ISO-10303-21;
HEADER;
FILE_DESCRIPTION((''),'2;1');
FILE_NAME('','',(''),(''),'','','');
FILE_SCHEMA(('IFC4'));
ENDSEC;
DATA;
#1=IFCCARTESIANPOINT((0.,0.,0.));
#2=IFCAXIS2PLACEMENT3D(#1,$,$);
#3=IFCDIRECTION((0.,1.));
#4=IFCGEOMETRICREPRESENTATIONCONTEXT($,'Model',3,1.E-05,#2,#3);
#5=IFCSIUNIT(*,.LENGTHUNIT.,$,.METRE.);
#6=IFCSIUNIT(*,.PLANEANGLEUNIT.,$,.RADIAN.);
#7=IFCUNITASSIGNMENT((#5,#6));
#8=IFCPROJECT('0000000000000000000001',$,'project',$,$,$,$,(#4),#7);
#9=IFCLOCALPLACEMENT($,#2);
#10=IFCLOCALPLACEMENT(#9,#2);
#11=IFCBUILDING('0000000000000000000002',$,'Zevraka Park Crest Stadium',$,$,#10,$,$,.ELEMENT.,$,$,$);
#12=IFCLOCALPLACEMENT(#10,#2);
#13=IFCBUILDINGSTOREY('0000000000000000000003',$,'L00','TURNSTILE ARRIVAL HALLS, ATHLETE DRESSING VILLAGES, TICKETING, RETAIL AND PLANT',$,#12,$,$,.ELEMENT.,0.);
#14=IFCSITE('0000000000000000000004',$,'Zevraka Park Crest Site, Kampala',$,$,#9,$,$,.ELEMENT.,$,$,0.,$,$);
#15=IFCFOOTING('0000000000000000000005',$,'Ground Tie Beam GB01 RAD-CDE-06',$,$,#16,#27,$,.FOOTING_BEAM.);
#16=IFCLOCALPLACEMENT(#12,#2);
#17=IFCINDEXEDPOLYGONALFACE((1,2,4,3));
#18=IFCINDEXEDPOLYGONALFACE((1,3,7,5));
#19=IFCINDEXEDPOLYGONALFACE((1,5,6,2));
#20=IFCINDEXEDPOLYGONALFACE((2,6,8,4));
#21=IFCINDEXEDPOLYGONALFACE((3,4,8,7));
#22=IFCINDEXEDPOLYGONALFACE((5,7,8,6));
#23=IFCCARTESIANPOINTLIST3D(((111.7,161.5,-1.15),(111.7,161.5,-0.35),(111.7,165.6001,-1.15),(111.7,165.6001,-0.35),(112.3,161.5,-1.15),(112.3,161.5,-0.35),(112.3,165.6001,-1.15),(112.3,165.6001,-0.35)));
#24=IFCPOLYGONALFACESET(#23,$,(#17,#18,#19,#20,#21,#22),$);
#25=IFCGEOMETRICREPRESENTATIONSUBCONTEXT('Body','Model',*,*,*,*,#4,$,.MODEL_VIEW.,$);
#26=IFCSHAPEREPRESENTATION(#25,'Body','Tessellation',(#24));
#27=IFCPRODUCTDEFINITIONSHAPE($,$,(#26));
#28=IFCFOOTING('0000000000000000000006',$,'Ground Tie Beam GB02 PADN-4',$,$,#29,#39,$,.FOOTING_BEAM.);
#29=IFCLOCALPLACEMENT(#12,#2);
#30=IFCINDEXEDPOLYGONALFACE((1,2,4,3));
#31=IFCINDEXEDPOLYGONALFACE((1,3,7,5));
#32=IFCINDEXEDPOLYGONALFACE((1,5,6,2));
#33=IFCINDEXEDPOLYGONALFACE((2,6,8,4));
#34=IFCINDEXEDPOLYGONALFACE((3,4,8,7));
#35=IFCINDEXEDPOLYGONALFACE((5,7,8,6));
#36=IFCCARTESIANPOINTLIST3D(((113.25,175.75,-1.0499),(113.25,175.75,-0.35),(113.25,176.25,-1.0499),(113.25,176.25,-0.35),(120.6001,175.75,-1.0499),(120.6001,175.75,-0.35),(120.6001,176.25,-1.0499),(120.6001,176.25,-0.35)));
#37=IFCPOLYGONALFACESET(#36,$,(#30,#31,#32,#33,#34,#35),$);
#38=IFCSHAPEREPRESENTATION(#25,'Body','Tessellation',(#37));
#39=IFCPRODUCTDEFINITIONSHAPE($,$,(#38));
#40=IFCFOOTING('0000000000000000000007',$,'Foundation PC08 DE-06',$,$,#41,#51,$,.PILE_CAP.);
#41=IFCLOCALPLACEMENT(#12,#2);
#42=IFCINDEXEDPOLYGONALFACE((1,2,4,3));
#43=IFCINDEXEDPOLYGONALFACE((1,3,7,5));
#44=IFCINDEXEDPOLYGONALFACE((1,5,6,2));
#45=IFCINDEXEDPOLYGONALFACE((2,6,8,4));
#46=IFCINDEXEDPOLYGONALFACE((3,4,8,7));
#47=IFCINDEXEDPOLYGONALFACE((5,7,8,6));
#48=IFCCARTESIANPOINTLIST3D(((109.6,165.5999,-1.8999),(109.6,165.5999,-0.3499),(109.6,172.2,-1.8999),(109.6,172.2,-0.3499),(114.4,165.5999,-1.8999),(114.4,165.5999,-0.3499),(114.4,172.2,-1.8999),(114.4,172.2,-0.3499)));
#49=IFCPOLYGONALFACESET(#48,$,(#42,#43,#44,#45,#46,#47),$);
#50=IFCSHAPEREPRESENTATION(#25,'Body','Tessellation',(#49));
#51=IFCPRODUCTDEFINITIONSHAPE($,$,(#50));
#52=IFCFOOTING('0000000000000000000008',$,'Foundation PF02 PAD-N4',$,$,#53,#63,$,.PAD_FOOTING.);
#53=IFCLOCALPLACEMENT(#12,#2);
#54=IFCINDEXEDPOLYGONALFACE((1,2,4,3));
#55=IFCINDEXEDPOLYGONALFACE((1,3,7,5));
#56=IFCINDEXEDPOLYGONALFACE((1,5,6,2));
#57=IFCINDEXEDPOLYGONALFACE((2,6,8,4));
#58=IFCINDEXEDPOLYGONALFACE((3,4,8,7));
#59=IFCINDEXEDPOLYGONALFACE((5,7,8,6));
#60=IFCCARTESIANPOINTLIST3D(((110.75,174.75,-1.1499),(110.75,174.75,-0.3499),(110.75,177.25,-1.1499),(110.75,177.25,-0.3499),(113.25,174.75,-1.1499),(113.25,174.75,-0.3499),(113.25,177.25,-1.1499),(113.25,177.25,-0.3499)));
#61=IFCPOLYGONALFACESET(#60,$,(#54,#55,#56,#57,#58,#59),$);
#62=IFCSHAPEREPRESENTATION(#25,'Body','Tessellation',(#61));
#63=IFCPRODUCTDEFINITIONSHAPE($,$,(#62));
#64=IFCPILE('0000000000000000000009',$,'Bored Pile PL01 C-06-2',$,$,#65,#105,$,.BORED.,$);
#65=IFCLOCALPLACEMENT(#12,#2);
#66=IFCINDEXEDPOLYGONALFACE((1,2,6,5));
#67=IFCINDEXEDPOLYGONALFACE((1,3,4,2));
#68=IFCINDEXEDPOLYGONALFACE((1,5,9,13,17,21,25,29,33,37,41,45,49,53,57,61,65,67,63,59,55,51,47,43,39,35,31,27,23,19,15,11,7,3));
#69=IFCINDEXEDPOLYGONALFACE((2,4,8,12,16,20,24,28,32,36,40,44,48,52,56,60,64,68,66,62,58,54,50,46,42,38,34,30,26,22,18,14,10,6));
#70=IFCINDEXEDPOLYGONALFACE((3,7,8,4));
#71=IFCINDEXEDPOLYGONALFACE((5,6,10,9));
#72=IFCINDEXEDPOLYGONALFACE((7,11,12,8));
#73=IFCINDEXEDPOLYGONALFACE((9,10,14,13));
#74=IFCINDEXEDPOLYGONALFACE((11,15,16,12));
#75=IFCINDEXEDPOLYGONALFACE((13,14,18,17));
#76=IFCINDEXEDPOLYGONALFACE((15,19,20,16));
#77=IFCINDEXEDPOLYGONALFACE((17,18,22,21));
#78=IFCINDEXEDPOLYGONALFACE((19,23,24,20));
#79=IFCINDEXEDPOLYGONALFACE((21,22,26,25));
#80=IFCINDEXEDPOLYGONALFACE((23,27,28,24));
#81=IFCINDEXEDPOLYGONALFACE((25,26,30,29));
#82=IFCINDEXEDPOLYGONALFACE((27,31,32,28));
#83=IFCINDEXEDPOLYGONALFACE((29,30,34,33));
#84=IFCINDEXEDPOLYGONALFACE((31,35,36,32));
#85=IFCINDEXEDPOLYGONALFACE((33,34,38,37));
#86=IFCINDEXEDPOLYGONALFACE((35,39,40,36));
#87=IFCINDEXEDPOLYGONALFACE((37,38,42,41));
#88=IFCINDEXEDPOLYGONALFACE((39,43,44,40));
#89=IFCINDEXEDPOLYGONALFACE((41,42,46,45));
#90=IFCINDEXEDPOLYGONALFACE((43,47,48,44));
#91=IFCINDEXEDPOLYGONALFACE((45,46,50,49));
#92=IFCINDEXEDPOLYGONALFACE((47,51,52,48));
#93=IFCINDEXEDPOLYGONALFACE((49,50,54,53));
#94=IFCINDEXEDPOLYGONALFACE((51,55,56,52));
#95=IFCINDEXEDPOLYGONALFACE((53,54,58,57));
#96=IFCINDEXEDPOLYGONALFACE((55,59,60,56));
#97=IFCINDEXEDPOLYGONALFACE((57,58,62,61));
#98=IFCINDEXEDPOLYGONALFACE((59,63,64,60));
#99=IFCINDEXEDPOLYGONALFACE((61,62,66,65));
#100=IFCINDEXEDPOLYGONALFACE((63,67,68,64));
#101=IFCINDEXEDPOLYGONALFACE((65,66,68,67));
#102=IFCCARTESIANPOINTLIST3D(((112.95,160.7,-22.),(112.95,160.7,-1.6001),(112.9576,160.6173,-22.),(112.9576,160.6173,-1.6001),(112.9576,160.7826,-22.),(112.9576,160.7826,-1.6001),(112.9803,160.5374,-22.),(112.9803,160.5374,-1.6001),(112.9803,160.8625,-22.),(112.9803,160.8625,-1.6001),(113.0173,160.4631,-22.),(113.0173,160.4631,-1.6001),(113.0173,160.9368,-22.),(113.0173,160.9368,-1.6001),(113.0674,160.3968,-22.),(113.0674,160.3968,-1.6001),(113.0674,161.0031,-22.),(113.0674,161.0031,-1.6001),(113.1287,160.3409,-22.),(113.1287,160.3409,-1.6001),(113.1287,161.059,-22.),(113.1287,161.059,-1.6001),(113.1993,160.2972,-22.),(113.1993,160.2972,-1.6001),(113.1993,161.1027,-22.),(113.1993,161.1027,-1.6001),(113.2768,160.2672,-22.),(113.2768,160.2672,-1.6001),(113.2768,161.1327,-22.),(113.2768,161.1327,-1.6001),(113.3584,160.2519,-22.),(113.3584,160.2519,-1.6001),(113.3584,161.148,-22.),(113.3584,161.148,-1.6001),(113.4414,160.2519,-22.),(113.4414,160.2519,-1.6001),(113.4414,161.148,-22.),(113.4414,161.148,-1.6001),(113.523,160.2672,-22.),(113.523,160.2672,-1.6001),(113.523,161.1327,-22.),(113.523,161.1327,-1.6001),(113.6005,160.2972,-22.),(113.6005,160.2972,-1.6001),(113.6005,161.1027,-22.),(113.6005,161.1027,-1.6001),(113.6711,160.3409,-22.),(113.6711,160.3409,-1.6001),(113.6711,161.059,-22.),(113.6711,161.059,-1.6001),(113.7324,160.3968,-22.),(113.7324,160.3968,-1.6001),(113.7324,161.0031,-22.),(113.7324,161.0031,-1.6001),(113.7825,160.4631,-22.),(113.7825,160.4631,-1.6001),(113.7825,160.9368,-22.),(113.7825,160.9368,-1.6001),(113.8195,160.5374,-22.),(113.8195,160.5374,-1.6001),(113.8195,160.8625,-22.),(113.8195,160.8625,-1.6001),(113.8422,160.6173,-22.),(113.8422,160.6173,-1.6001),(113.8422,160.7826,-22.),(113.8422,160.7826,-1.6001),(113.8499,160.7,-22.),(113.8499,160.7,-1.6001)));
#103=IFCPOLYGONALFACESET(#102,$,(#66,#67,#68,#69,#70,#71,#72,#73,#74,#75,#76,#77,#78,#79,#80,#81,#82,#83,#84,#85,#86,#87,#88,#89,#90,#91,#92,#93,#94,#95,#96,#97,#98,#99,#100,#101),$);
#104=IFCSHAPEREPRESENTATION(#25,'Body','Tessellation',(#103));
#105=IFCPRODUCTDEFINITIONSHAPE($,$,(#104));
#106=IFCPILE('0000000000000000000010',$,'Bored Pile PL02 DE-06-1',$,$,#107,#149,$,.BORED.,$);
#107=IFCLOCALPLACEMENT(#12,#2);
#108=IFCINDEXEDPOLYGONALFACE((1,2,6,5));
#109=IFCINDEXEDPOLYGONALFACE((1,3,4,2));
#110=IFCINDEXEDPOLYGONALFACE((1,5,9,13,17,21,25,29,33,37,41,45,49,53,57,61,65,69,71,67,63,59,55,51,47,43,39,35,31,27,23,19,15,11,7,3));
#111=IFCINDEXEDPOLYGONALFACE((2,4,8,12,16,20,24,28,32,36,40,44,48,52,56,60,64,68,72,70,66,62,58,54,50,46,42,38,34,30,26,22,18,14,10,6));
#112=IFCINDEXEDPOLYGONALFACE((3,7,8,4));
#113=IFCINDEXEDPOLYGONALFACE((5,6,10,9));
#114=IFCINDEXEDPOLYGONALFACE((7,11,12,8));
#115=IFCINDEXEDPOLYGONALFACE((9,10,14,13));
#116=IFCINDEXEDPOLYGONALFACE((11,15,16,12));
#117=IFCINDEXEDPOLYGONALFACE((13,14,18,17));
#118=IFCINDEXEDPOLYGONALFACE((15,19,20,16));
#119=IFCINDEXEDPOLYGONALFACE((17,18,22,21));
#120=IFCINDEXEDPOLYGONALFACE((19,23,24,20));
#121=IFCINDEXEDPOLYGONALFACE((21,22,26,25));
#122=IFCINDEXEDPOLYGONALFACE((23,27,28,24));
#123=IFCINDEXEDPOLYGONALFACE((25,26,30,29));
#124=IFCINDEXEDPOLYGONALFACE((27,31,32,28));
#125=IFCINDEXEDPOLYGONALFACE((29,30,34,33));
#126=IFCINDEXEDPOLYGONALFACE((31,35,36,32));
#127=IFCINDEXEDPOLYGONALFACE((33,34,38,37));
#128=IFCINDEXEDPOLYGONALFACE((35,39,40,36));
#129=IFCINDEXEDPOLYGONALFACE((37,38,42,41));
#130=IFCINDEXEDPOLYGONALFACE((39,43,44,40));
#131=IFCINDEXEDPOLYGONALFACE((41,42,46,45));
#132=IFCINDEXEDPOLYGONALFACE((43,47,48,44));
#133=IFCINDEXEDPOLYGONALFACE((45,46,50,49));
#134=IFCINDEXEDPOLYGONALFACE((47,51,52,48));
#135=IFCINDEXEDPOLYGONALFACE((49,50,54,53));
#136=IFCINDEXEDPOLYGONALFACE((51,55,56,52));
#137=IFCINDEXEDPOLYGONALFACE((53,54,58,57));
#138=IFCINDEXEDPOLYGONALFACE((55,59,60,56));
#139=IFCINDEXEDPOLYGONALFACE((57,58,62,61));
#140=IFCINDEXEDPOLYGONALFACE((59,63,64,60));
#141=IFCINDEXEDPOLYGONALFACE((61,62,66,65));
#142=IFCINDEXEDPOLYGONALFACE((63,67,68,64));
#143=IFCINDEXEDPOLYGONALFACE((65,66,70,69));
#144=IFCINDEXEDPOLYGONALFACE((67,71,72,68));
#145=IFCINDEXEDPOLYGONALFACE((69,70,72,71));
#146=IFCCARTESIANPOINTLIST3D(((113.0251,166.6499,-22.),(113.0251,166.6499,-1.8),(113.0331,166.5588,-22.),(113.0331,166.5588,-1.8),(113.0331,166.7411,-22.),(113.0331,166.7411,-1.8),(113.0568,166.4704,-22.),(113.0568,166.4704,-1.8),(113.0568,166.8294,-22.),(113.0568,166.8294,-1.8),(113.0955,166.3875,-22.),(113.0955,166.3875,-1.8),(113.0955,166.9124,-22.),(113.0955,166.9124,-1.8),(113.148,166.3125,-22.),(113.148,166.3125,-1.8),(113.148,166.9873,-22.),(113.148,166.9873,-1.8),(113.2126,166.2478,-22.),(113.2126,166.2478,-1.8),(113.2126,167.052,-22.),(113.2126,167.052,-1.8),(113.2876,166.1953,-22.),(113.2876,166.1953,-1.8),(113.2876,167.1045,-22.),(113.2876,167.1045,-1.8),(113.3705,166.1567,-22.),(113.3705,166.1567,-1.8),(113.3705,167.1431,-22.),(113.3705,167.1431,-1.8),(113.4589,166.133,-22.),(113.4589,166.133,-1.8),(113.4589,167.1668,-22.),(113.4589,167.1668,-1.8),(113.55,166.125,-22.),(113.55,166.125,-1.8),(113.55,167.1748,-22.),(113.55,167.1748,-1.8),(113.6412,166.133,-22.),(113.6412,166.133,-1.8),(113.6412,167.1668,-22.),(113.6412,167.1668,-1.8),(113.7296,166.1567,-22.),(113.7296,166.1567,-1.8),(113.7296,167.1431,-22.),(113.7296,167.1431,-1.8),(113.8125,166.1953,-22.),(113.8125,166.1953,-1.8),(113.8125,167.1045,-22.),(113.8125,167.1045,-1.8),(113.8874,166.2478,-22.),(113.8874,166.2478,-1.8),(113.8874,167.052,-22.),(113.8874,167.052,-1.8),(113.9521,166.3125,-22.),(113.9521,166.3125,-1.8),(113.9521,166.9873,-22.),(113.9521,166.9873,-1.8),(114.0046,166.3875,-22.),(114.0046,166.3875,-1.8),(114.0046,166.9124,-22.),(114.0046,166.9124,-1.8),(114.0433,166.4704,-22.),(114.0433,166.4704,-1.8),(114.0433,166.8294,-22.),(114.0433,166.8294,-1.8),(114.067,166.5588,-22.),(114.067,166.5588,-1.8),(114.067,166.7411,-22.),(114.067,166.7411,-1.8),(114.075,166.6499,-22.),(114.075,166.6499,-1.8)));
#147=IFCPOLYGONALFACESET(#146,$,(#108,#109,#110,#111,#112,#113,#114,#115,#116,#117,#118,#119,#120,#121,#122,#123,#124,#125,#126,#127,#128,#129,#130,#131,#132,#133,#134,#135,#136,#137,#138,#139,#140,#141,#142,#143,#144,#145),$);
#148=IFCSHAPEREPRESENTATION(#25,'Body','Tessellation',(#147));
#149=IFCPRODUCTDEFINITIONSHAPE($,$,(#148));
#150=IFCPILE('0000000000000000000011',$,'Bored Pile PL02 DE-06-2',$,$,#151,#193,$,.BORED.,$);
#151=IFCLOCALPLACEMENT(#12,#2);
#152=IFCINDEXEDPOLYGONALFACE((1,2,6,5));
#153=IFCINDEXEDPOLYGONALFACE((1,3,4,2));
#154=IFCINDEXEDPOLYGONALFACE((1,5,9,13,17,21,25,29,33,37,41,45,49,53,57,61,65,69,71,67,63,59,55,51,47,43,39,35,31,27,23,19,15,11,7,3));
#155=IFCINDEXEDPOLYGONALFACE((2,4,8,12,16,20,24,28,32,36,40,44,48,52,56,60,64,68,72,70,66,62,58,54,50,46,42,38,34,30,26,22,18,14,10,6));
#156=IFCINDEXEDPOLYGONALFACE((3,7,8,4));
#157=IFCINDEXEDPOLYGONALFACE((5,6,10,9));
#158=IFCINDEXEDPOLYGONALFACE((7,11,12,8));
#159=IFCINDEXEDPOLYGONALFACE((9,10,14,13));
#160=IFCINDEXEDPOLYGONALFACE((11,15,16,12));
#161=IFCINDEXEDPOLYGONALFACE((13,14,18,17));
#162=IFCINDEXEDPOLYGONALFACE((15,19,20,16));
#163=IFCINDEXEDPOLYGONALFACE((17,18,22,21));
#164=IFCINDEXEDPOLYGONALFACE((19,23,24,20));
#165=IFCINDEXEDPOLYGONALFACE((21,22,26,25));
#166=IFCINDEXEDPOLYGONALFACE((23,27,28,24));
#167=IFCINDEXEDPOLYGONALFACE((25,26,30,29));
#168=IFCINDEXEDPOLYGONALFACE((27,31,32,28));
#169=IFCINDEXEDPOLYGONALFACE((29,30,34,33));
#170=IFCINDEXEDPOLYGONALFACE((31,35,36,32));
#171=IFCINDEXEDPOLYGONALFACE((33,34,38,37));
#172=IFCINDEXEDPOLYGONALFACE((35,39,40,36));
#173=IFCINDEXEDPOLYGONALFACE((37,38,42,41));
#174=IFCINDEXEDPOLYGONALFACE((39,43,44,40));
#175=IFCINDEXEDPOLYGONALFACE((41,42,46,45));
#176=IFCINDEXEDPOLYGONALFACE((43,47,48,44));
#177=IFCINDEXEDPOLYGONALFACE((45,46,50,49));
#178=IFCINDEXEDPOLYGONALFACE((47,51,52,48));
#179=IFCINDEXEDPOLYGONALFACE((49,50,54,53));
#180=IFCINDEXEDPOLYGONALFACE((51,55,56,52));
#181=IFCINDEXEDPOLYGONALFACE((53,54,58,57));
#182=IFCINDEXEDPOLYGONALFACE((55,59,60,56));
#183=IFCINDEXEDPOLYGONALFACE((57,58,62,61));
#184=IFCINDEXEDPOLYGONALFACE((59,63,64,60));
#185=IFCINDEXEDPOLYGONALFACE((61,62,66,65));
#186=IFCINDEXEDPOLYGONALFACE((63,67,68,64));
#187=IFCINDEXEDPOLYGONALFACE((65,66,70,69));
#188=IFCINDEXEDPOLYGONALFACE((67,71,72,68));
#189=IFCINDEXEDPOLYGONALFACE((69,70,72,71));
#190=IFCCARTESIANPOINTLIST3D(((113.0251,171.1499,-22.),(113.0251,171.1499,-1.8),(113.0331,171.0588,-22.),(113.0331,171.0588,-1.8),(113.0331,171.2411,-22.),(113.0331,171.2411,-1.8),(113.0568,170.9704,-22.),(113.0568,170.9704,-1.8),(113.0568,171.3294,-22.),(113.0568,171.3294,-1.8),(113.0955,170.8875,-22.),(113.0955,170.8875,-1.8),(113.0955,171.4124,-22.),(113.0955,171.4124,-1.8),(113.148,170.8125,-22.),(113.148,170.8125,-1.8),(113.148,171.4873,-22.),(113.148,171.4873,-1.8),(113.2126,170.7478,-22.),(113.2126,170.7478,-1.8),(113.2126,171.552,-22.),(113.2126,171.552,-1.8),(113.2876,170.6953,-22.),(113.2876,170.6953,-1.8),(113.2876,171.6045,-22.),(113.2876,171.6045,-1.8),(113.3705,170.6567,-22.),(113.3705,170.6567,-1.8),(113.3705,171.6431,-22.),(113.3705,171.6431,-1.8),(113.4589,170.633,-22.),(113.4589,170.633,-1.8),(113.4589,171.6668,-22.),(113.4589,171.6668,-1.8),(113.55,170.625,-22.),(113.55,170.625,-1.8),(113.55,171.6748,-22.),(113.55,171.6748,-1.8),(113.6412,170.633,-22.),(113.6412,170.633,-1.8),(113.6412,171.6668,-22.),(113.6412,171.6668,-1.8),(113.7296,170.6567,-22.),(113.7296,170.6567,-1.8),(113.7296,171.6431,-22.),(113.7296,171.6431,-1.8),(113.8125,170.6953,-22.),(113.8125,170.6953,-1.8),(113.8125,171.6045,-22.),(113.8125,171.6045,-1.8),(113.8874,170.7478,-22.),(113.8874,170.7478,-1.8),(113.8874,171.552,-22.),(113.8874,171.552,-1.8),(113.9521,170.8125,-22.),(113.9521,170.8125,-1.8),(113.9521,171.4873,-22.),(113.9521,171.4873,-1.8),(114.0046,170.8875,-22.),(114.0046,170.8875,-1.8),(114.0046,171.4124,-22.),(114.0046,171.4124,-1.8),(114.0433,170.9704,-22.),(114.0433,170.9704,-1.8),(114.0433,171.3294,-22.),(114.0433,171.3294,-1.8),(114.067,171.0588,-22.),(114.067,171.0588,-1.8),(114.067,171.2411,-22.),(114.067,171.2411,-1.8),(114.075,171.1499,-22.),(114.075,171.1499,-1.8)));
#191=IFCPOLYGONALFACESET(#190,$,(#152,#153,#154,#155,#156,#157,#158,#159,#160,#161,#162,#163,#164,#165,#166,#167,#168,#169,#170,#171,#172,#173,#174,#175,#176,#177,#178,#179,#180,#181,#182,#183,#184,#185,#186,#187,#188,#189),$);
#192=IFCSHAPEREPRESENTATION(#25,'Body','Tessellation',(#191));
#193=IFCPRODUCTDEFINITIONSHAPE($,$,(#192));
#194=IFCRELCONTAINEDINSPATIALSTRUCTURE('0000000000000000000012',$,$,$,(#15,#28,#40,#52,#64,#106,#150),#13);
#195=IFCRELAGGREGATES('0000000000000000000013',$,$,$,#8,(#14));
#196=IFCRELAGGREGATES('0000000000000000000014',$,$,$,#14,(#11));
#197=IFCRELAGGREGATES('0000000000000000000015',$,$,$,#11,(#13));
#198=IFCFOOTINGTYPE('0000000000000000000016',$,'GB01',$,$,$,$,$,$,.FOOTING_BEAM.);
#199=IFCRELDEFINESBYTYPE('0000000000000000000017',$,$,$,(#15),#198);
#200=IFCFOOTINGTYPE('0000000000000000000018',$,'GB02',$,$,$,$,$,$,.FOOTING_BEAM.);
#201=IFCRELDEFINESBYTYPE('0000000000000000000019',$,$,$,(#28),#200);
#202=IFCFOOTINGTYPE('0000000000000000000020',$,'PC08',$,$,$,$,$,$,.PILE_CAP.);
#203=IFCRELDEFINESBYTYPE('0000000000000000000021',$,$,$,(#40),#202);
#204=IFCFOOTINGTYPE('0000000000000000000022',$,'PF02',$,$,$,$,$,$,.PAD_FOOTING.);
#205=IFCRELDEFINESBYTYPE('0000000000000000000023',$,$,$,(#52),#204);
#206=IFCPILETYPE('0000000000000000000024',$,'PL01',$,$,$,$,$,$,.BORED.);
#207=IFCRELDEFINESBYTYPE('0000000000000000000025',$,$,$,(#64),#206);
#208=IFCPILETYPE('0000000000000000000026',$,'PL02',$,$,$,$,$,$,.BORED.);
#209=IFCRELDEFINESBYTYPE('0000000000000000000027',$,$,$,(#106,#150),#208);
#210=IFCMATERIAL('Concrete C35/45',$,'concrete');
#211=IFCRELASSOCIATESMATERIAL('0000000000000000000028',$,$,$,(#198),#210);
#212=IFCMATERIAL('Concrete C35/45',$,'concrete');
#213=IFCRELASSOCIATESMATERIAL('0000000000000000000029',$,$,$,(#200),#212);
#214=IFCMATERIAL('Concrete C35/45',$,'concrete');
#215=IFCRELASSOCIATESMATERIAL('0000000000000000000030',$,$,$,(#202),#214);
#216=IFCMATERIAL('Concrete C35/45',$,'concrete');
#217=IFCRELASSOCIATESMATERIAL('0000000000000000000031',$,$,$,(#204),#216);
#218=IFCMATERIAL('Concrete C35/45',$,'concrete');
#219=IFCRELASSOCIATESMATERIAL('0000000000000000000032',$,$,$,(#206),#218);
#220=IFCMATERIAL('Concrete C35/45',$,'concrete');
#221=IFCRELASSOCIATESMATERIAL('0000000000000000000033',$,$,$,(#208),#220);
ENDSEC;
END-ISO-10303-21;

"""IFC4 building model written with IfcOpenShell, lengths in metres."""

from ifc_helpers import new_model, si_unit, direction, frame, origin, origin_2d, place, context, subcontext, project, spatial, rectangle, circle, extrude, material, material_profile, profile_set, type_object, element, save


model = new_model("IFC4")

# Units and contexts
model_context = context("Model", 3, precision=1e-05, world=origin(), true_north=direction((0.0, 1.0)))
body_context = subcontext(model_context, "Body", "Model", "MODEL_VIEW")
ifc_project = project(units=[si_unit("LENGTHUNIT", "METRE"), si_unit("PLANEANGLEUNIT", "RADIAN")], contexts=[model_context])

# Site, building, storey
site_placement = place(None, origin())
site = spatial("IfcSite", under=ifc_project, at=site_placement, Name="Zevraka Park Crest Site, Kampala", CompositionType="ELEMENT", RefElevation=0.0)
building_placement = place(site_placement, origin())
building = spatial("IfcBuilding", under=site, at=building_placement, Name="Zevraka Park Crest Stadium", CompositionType="ELEMENT")
storey_placement = place(building_placement, origin())
storey = spatial("IfcBuildingStorey", under=building, at=storey_placement, Name="L00", Description="TURNSTILE ARRIVAL HALLS, ATHLETE DRESSING VILLAGES, TICKETING, RETAIL AND PLANT", CompositionType="ELEMENT", Elevation=0.0)

# Footings
ifc_material_1 = material(Name="Concrete C35/45", Category="concrete")
ifc_material_profile_1 = material_profile(ifc_material_1, rectangle(XDim=0.6001, YDim=0.8, at=origin_2d()), Name="GB 800x600")
ifc_profile_set_1 = profile_set([ifc_material_profile_1], Name="Concrete C35/45")
footing_type_1 = type_object("IfcFootingType", Name="GB01", PredefinedType="FOOTING_BEAM", material=ifc_profile_set_1)
footing_1_placement = place(storey_placement, frame((112.0, 161.5, -0.75), z_axis=(0.0, 1.0, 0.0), x_axis=(-1.0, 0.0, 0.0)))
element("IfcFooting", 1, at=footing_1_placement, inside=storey, type_object=footing_type_1, Name="Ground Tie Beam GB01 RAD-CDE-06", PredefinedType="FOOTING_BEAM", context=body_context, shape_type="SweptSolid", body=[
    extrude(rectangle(XDim=0.6001, YDim=0.8, at=origin_2d()), origin(), (0.0, 0.0, 1.0), 4.1001),
])
ifc_material_2 = material(Name="Concrete C35/45", Category="concrete")
ifc_material_profile_2 = material_profile(ifc_material_2, rectangle(XDim=0.5, YDim=0.7, at=origin_2d()), Name="GB 700x500")
ifc_profile_set_2 = profile_set([ifc_material_profile_2], Name="Concrete C35/45")
footing_type_2 = type_object("IfcFootingType", Name="GB02", PredefinedType="FOOTING_BEAM", material=ifc_profile_set_2)
footing_2_placement = place(storey_placement, frame((113.25, 176.0, -0.7), z_axis=(1.0, 0.0, 0.0), x_axis=(0.0, 1.0, 0.0)))
element("IfcFooting", 2, at=footing_2_placement, inside=storey, type_object=footing_type_2, Name="Ground Tie Beam GB02 PADN-4", PredefinedType="FOOTING_BEAM", context=body_context, shape_type="SweptSolid", body=[
    extrude(rectangle(XDim=0.5, YDim=0.7, at=origin_2d()), origin(), (0.0, 0.0, 1.0), 7.3501),
])
ifc_material_3 = material(Name="Concrete C35/45", Category="concrete")
footing_type_3 = type_object("IfcFootingType", Name="PC08", PredefinedType="PILE_CAP", material=ifc_material_3)
footing_3_placement = place(storey_placement, frame((112.0, 168.8999, -1.8999), z_axis=(0.0, 0.0, 1.0), x_axis=(0.0, 1.0, 0.0)))
element("IfcFooting", 3, at=footing_3_placement, inside=storey, type_object=footing_type_3, Name="Foundation PC08 DE-06", PredefinedType="PILE_CAP", context=body_context, shape_type="SweptSolid", body=[
    extrude(rectangle(XDim=6.6001, YDim=4.8, at=origin_2d()), origin(), (0.0, 0.0, 1.0), 1.55),
])
ifc_material_4 = material(Name="Concrete C35/45", Category="concrete")
footing_type_4 = type_object("IfcFootingType", Name="PF02", PredefinedType="PAD_FOOTING", material=ifc_material_4)
footing_4_placement = place(storey_placement, frame((112.0, 176.0, -1.1499), z_axis=(0.0, 0.0, 1.0), x_axis=(1.0, 0.0, 0.0)))
element("IfcFooting", 4, at=footing_4_placement, inside=storey, type_object=footing_type_4, Name="Foundation PF02 PAD-N4", PredefinedType="PAD_FOOTING", context=body_context, shape_type="SweptSolid", body=[
    extrude(rectangle(XDim=2.5, YDim=2.5, at=origin_2d()), origin(), (0.0, 0.0, 1.0), 0.8),
])

# Piles
ifc_material_5 = material(Name="Concrete C35/45", Category="concrete")
ifc_material_profile_3 = material_profile(ifc_material_5, circle(Radius=0.45, at=origin_2d()), Name="PILE D900")
ifc_profile_set_3 = profile_set([ifc_material_profile_3], Name="Concrete C35/45")
pile_type_1 = type_object("IfcPileType", Name="PL01", PredefinedType="BORED", material=ifc_profile_set_3)
pile_placement = place(storey_placement, frame((113.3999, 160.7, -1.6001), z_axis=(0.0, 0.0, -1.0), x_axis=(1.0, 0.0, 0.0)))
element("IfcPile", 5, at=pile_placement, inside=storey, type_object=pile_type_1, Name="Bored Pile PL01 C-06-2", PredefinedType="BORED", context=body_context, shape_type="SweptSolid", body=[
    extrude(circle(Radius=0.45, at=origin_2d()), origin(), (0.0, 0.0, 1.0), 20.3999),
])
ifc_material_6 = material(Name="Concrete C35/45", Category="concrete")
ifc_material_profile_4 = material_profile(ifc_material_6, circle(Radius=0.5249, at=origin_2d()), Name="PILE D1050")
ifc_profile_set_4 = profile_set([ifc_material_profile_4], Name="Concrete C35/45")
pile_type_2 = type_object("IfcPileType", Name="PL02", PredefinedType="BORED", material=ifc_profile_set_4)
for number, where, z_axis, x_axis, name in (
    (6, (113.55, 166.6499, -1.8), (0.0, 0.0, -1.0), (1.0, 0.0, 0.0), "Bored Pile PL02 DE-06-1"),
    (7, (113.55, 171.1499, -1.8), (0.0, 0.0, -1.0), (1.0, 0.0, 0.0), "Bored Pile PL02 DE-06-2"),
):
    element("IfcPile", number, at=place(storey_placement, frame(where, z_axis=z_axis, x_axis=x_axis)), inside=storey, type_object=pile_type_2, Name=name, PredefinedType="BORED", context=body_context, shape_type="SweptSolid", body=[
        extrude(circle(Radius=0.5249, at=origin_2d()), origin(), (0.0, 0.0, 1.0), 20.2),
    ])

save(model, "model.ifc")
